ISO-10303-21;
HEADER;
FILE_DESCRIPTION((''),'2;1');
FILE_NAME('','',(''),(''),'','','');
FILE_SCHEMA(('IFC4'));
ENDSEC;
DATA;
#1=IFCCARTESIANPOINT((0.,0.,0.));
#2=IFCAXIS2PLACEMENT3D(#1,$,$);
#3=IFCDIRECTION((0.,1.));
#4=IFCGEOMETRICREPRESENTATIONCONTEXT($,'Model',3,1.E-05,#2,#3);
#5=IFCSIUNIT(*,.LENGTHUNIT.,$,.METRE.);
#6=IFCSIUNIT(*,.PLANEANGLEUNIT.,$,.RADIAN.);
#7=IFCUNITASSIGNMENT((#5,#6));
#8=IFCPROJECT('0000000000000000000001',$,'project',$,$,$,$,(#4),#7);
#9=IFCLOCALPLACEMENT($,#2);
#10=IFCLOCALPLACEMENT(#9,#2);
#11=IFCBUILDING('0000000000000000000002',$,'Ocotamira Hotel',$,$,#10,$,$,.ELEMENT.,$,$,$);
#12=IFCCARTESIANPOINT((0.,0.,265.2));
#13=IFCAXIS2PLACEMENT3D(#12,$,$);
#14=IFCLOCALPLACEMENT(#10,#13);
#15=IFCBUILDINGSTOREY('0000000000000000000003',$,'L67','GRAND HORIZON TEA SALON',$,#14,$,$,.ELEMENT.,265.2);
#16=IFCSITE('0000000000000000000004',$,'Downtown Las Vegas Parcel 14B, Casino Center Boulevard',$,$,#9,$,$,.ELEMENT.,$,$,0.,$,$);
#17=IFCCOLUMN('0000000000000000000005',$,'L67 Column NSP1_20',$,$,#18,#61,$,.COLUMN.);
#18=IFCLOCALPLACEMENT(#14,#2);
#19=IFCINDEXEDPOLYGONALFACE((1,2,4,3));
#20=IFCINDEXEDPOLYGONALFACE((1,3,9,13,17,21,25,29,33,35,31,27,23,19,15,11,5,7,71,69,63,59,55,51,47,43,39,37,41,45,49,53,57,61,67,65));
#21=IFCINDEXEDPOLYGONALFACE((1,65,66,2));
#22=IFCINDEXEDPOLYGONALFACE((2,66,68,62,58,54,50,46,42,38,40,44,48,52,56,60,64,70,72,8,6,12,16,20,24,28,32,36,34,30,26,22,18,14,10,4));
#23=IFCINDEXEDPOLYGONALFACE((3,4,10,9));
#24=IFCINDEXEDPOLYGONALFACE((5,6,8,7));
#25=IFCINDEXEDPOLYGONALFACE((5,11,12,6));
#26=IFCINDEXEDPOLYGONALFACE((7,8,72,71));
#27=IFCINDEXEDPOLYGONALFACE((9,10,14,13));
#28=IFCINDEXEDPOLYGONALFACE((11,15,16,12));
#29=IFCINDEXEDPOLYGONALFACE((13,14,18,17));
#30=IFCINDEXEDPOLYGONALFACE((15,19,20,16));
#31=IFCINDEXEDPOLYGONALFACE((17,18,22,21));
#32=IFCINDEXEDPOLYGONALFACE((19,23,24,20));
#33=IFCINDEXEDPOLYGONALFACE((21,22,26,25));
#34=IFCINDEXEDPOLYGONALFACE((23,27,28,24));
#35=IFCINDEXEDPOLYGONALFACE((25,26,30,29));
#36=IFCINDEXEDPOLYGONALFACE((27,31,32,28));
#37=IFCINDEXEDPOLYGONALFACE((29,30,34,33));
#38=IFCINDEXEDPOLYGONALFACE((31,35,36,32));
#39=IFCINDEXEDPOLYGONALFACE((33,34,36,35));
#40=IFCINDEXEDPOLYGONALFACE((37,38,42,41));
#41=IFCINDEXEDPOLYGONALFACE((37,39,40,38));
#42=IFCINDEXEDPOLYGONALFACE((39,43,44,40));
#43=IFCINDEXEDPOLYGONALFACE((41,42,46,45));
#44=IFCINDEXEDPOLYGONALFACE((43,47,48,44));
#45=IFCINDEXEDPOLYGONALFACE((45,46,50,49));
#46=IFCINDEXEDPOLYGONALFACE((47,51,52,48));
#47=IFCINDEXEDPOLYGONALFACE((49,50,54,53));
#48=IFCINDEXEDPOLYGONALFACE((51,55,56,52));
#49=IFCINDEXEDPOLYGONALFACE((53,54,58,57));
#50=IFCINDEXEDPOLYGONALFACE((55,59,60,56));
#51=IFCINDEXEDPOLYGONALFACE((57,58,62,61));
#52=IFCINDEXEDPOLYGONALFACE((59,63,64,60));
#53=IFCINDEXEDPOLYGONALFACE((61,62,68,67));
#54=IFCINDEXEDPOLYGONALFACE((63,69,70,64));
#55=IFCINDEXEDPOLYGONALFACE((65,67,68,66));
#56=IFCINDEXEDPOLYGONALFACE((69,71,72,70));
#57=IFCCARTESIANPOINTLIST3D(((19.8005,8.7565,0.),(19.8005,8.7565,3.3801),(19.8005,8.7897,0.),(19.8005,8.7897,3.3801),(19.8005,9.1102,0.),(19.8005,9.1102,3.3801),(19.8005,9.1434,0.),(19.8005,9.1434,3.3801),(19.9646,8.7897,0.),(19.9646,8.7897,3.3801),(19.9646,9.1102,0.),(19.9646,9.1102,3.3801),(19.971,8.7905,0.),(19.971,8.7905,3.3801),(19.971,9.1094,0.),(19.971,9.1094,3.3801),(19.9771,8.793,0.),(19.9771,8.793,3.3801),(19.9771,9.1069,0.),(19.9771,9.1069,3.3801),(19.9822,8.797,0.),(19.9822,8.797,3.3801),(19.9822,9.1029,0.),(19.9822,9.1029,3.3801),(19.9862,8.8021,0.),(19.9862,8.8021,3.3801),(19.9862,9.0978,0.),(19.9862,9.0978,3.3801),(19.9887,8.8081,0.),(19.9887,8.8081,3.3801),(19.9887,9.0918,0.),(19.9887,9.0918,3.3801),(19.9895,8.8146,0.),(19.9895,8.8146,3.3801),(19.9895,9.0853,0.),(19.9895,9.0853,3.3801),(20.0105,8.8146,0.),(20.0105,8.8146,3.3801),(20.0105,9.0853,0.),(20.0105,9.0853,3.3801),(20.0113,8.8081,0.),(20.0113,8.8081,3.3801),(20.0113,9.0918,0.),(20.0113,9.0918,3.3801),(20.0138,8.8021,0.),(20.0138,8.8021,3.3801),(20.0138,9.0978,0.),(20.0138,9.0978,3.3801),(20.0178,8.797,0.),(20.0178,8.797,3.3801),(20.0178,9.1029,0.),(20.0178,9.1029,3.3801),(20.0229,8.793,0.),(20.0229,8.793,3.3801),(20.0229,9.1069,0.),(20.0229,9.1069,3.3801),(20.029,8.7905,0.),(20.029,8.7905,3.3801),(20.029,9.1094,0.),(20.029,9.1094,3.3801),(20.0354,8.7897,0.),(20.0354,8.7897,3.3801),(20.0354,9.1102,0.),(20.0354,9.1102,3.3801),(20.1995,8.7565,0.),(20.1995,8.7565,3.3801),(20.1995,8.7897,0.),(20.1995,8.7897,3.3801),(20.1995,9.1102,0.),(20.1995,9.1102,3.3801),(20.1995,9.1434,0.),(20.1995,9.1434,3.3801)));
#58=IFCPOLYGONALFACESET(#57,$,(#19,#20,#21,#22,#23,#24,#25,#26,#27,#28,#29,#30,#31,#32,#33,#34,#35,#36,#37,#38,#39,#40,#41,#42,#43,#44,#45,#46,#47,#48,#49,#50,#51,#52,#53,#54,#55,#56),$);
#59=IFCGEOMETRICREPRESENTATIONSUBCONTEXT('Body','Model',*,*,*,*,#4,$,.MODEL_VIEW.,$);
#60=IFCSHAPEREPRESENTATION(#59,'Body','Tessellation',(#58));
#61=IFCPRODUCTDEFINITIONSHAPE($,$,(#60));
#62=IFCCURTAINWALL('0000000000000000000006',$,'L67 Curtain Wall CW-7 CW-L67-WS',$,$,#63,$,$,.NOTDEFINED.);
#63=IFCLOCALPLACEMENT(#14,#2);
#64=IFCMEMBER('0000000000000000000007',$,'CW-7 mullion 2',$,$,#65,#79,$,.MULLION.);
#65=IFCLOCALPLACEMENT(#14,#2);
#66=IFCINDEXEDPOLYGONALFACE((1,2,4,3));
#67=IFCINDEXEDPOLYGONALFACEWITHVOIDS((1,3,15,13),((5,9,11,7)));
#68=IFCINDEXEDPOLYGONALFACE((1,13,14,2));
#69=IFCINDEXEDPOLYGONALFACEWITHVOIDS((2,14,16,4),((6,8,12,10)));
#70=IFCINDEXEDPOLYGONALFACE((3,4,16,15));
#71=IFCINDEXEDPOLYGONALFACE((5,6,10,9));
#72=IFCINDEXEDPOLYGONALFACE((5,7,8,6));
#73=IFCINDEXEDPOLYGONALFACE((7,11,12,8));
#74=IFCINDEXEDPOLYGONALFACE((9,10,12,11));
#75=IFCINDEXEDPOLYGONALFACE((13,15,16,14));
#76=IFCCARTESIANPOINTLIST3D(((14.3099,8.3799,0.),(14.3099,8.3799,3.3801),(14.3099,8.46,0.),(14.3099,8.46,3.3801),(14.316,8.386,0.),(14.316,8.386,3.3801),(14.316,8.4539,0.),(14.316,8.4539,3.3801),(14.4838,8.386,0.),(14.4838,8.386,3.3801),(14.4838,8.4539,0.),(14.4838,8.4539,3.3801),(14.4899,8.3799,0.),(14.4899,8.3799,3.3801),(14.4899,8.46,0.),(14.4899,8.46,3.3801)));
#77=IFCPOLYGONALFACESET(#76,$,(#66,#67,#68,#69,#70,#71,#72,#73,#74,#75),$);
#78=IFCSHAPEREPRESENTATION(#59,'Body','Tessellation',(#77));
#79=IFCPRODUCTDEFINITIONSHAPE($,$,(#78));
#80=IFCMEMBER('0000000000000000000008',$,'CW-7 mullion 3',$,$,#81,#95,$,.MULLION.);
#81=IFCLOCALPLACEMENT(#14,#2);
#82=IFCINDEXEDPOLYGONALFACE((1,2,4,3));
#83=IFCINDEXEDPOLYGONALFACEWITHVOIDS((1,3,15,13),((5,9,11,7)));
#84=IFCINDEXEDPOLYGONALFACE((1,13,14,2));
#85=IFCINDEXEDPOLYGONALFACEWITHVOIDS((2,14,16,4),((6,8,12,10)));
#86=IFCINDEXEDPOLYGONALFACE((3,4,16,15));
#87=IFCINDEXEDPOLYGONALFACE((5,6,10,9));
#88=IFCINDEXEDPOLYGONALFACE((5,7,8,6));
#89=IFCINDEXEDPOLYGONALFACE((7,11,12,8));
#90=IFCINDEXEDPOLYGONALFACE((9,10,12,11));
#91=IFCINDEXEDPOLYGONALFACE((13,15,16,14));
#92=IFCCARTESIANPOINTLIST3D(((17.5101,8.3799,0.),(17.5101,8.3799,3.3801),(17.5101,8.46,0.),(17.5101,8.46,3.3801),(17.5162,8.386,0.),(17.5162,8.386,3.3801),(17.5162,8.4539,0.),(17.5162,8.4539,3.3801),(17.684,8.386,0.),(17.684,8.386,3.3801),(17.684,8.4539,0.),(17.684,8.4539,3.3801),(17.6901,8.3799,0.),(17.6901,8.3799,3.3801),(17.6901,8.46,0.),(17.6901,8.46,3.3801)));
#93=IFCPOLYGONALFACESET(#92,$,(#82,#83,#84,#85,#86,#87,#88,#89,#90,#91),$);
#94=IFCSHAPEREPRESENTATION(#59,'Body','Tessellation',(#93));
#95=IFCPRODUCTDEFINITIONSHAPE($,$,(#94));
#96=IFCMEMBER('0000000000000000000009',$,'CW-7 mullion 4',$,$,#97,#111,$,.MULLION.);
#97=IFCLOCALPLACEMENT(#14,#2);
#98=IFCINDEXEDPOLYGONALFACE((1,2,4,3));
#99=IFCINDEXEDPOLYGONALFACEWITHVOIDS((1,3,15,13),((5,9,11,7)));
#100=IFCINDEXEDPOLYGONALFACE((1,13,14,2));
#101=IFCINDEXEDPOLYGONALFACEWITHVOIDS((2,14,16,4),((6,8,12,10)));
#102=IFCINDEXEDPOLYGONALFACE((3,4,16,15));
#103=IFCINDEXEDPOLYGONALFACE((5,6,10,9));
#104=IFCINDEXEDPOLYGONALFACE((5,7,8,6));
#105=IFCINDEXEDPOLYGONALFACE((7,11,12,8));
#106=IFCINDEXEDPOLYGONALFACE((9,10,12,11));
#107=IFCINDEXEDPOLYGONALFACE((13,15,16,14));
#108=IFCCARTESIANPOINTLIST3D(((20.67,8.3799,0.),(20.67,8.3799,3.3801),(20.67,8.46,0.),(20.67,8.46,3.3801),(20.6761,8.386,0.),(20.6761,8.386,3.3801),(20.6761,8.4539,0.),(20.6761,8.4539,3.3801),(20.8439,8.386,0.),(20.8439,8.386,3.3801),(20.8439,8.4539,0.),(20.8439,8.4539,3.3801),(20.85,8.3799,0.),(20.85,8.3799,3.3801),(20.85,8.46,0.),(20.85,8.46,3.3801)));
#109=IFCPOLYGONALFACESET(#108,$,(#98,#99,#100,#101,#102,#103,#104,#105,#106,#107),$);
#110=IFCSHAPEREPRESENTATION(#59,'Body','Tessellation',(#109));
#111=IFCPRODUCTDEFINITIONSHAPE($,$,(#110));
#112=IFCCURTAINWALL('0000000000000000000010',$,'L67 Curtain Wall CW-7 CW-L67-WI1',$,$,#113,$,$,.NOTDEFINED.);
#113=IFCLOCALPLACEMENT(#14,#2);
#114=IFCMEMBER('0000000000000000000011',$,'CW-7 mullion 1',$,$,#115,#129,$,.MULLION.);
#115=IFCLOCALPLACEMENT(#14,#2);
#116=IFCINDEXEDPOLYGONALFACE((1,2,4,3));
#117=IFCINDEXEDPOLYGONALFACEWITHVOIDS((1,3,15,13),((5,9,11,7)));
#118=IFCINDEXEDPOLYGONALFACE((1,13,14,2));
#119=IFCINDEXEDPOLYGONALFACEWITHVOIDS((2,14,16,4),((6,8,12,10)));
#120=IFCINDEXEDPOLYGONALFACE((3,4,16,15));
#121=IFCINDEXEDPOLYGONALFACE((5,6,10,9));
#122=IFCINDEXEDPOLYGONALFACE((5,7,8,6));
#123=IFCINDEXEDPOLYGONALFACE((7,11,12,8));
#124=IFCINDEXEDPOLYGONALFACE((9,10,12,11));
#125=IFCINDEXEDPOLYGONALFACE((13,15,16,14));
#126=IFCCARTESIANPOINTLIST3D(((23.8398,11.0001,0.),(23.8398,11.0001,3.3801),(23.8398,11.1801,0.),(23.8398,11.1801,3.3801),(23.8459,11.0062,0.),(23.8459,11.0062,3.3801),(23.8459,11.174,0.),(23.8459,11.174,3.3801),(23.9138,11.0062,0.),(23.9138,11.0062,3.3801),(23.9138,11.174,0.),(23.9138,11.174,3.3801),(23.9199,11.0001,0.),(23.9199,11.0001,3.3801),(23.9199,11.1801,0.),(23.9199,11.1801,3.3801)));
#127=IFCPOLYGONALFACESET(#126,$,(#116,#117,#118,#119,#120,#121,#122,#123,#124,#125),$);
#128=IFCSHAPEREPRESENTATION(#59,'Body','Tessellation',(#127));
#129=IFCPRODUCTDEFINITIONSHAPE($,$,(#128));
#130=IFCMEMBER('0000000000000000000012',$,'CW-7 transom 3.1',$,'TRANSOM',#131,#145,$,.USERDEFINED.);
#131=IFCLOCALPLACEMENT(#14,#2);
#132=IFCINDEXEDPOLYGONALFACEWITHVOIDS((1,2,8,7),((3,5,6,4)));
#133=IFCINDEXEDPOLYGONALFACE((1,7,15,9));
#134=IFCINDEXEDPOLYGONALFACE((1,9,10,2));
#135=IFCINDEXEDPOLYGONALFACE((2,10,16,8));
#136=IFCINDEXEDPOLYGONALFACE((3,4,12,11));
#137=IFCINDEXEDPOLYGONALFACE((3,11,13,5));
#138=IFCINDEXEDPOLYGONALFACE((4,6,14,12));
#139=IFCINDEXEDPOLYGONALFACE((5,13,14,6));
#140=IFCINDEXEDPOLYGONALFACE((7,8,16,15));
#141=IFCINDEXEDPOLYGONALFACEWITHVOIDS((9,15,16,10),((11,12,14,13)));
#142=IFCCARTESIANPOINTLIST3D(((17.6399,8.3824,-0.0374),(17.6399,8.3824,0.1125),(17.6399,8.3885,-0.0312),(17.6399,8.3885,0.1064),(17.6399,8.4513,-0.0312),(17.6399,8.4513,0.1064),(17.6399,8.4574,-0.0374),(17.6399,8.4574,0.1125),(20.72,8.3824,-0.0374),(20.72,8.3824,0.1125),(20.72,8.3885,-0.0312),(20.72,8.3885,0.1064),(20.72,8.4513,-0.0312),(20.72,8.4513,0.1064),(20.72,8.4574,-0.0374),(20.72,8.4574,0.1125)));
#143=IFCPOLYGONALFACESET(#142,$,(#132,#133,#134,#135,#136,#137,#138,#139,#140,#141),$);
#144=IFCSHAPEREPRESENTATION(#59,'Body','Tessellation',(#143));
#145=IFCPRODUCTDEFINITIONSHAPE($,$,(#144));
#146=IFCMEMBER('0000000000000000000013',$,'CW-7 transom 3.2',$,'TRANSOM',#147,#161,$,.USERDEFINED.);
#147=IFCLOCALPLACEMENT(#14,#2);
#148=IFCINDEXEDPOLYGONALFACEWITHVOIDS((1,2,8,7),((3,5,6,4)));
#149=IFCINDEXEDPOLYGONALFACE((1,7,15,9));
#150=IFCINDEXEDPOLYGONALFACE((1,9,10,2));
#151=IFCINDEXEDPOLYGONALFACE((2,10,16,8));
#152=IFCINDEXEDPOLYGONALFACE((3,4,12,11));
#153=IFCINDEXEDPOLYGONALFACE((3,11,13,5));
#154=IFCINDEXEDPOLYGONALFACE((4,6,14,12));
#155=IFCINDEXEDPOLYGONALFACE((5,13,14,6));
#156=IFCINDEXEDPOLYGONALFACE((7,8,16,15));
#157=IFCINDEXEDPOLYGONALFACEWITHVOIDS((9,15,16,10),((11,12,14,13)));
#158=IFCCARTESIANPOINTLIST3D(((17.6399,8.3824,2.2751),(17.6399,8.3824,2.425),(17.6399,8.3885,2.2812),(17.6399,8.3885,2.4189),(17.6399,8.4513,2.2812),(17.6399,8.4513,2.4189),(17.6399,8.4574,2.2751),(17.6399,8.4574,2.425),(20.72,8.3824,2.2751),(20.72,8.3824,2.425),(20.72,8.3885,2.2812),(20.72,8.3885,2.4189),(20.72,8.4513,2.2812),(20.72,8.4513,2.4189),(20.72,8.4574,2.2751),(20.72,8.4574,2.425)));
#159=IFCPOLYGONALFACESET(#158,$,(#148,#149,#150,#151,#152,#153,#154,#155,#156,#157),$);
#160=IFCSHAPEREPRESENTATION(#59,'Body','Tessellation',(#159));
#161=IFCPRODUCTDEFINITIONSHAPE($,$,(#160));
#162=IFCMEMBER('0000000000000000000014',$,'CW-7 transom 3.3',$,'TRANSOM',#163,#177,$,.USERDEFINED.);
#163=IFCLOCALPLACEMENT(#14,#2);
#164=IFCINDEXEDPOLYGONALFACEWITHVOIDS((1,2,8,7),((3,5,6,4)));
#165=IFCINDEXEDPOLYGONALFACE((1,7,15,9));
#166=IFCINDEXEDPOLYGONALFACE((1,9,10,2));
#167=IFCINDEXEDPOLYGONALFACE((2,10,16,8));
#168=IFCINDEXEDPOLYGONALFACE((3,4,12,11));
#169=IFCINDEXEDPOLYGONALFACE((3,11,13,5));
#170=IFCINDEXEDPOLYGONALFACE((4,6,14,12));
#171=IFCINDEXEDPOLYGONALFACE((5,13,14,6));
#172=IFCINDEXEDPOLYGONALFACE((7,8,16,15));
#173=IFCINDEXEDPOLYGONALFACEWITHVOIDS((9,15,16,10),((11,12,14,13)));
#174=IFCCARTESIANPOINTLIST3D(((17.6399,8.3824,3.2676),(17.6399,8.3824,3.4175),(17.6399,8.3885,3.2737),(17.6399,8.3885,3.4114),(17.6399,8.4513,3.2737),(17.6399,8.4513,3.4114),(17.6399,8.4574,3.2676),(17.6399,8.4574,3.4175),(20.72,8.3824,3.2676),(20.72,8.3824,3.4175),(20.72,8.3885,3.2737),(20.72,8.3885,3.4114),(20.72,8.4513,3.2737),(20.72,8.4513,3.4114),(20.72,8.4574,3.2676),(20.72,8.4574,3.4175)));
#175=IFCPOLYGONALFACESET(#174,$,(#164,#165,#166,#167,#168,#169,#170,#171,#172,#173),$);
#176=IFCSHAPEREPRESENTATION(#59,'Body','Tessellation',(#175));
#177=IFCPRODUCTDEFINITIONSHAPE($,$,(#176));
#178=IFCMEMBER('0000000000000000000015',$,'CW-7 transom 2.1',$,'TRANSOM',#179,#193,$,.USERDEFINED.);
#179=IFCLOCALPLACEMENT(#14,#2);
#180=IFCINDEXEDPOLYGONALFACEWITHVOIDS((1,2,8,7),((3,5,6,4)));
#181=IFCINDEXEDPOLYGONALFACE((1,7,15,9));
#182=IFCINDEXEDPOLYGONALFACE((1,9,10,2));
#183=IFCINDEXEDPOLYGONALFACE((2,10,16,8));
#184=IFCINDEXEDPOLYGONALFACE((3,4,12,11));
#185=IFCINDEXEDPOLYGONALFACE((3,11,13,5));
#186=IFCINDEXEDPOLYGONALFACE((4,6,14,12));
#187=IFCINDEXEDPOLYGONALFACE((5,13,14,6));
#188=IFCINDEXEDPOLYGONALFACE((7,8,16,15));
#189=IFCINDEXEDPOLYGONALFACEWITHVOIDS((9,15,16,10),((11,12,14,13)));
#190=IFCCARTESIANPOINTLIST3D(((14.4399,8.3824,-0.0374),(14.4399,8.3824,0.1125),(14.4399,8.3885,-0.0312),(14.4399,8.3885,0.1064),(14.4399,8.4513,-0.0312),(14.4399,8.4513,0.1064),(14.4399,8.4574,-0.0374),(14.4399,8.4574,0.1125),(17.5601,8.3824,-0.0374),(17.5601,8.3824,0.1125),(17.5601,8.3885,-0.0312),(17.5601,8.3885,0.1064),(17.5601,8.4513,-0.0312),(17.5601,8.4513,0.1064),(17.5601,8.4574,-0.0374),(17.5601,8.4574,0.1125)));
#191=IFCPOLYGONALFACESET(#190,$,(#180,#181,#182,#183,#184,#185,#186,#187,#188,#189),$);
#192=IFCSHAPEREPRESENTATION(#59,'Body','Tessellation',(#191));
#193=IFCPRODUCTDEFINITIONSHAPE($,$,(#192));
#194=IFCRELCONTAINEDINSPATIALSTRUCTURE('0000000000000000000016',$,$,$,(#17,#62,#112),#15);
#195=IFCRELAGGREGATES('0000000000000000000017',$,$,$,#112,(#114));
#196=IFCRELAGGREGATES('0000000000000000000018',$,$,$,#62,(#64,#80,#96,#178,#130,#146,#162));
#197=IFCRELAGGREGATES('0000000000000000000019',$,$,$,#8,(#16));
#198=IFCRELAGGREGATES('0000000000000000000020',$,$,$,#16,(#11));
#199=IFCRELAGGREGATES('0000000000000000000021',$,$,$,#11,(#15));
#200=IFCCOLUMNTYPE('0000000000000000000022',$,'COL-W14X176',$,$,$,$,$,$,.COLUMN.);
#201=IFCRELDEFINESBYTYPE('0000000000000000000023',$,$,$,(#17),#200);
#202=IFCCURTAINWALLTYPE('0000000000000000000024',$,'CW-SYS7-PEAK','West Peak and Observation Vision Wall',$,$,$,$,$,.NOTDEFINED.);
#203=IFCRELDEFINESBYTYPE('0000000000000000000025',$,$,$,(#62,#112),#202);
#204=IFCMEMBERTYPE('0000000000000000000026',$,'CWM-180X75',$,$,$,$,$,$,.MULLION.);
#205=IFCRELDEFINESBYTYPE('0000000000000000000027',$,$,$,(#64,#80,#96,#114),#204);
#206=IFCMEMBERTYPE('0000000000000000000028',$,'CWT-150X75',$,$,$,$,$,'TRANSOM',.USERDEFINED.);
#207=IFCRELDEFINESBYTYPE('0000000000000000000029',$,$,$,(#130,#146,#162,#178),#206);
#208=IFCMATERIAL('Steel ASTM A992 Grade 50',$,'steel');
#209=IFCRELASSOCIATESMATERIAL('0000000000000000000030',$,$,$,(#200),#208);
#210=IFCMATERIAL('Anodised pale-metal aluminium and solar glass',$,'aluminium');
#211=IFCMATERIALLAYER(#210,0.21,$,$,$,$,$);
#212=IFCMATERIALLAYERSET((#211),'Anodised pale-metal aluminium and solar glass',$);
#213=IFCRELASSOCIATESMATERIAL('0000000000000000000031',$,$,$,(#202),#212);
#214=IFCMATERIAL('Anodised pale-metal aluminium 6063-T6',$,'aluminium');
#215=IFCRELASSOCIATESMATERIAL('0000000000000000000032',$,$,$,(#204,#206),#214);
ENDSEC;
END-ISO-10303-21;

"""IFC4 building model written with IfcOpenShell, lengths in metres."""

from ifc_helpers import new_model, si_unit, direction, frame, origin, origin_2d, place, context, subcontext, project, spatial, hollow_rectangle, i_section, extrude, source, transform, mapped, material, layer, layer_set, material_profile, profile_set, type_object, element, aggregate, save


model = new_model("IFC4")

# Units and contexts
model_context = context("Model", 3, precision=1e-05, world=origin(), true_north=direction((0.0, 1.0)))
body_context = subcontext(model_context, "Body", "Model", "MODEL_VIEW")
ifc_project = project(units=[si_unit("LENGTHUNIT", "METRE"), si_unit("PLANEANGLEUNIT", "RADIAN")], contexts=[model_context])

# Site, building, storey
site_placement = place(None, origin())
site = spatial("IfcSite", under=ifc_project, at=site_placement, Name="Downtown Las Vegas Parcel 14B, Casino Center Boulevard", CompositionType="ELEMENT", RefElevation=0.0)
building_placement = place(site_placement, origin())
building = spatial("IfcBuilding", under=site, at=building_placement, Name="Ocotamira Hotel", CompositionType="ELEMENT")
storey_placement = place(building_placement, frame((0.0, 0.0, 265.2)))
storey = spatial("IfcBuildingStorey", under=building, at=storey_placement, Name="L67", Description="GRAND HORIZON TEA SALON", CompositionType="ELEMENT", Elevation=265.2)

# Column
ifc_material_1 = material(Name="Steel ASTM A992 Grade 50", Category="steel")
ifc_material_profile_1 = material_profile(ifc_material_1, i_section(OverallWidth=0.3989, OverallDepth=0.387, WebThickness=0.021, FlangeThickness=0.0332, FilletRadius=0.0249, at=origin_2d()), Name="W14X176")
ifc_profile_set_1 = profile_set([ifc_material_profile_1], Name="Steel ASTM A992 Grade 50")
column_type = type_object("IfcColumnType", Name="COL-W14X176", PredefinedType="COLUMN", material=ifc_profile_set_1)
shared_shape_1 = source(origin(), body_context, "Body", "SweptSolid", [
    extrude(i_section(OverallWidth=0.3989, OverallDepth=0.387, WebThickness=0.021, FlangeThickness=0.0332, FilletRadius=0.0249, at=origin_2d()), origin(), (0.0, 0.0, 1.0), 3.3801),
])
column_placement = place(storey_placement, frame((20.0, 8.95, 0.0), z_axis=(0.0, 0.0, 1.0), x_axis=(1.0, 0.0, 0.0)))
element("IfcColumn", 1, at=column_placement, inside=storey, type_object=column_type, Name="L67 Column NSP1_20", PredefinedType="COLUMN", context=body_context, shape_type="MappedRepresentation", body=[
    mapped(shared_shape_1, transform((0.0, 0.0, 0.0), scale=1.0)),
])

# Curtain wall, members
ifc_material_2 = material(Name="Anodised pale-metal aluminium and solar glass", Category="aluminium")
ifc_layer_1 = layer(ifc_material_2, 0.21)
ifc_layer_set_1 = layer_set([ifc_layer_1], Name="Anodised pale-metal aluminium and solar glass")
curtain_wall_type = type_object("IfcCurtainWallType", Name="CW-SYS7-PEAK", Description="West Peak and Observation Vision Wall", PredefinedType="NOTDEFINED", material=ifc_layer_set_1)
curtain_wall_1_placement = place(storey_placement, origin())
curtain_wall_1 = element("IfcCurtainWall", 2, at=curtain_wall_1_placement, inside=storey, type_object=curtain_wall_type, Name="L67 Curtain Wall CW-7 CW-L67-WS", PredefinedType="NOTDEFINED")
ifc_material_3 = material(Name="Anodised pale-metal aluminium 6063-T6", Category="aluminium")
ifc_material_profile_2 = material_profile(ifc_material_3, hollow_rectangle(XDim=0.0801, YDim=0.1799, WallThickness=0.0061, at=origin_2d()), Name="HSS180X80X6")
ifc_profile_set_2 = profile_set([ifc_material_profile_2], Name="Anodised pale-metal aluminium 6063-T6")
member_type_1 = type_object("IfcMemberType", Name="CWM-180X75", PredefinedType="MULLION", material=ifc_profile_set_2)
shared_shape_2 = source(origin(), body_context, "Body", "SweptSolid", [
    extrude(hollow_rectangle(XDim=0.0801, YDim=0.1799, WallThickness=0.0061, at=origin_2d()), origin(), (0.0, 0.0, 1.0), 3.3801),
])
member_1_placement = place(storey_placement, frame((14.3999, 8.4199, 0.0), z_axis=(0.0, 0.0, 1.0), x_axis=(0.0, 1.0, 0.0)))
member_1 = element("IfcMember", 3, at=member_1_placement, type_object=member_type_1, Name="CW-7 mullion 2", PredefinedType="MULLION", context=body_context, shape_type="MappedRepresentation", body=[
    mapped(shared_shape_2, transform((0.0, 0.0, 0.0), scale=1.0)),
])
member_2_placement = place(storey_placement, frame((17.6001, 8.4199, 0.0), z_axis=(0.0, 0.0, 1.0), x_axis=(0.0, 1.0, 0.0)))
member_2 = element("IfcMember", 4, at=member_2_placement, type_object=member_type_1, Name="CW-7 mullion 3", PredefinedType="MULLION", context=body_context, shape_type="MappedRepresentation", body=[
    mapped(shared_shape_2, transform((0.0, 0.0, 0.0), scale=1.0)),
])
member_3_placement = place(storey_placement, frame((20.76, 8.4199, 0.0), z_axis=(0.0, 0.0, 1.0), x_axis=(0.0, 1.0, 0.0)))
member_3 = element("IfcMember", 5, at=member_3_placement, type_object=member_type_1, Name="CW-7 mullion 4", PredefinedType="MULLION", context=body_context, shape_type="MappedRepresentation", body=[
    mapped(shared_shape_2, transform((0.0, 0.0, 0.0), scale=1.0)),
])

# Curtain wall, member
curtain_wall_2_placement = place(storey_placement, origin())
curtain_wall_2 = element("IfcCurtainWall", 6, at=curtain_wall_2_placement, inside=storey, type_object=curtain_wall_type, Name="L67 Curtain Wall CW-7 CW-L67-WI1", PredefinedType="NOTDEFINED")
member_4_placement = place(storey_placement, frame((23.8799, 11.0901, 0.0), z_axis=(0.0, 0.0, 1.0), x_axis=(-1.0, 0.0, 0.0)))
member_4 = element("IfcMember", 7, at=member_4_placement, type_object=member_type_1, Name="CW-7 mullion 1", PredefinedType="MULLION", context=body_context, shape_type="MappedRepresentation", body=[
    mapped(shared_shape_2, transform((0.0, 0.0, 0.0), scale=1.0)),
])

# Members
ifc_material_profile_3 = material_profile(ifc_material_3, hollow_rectangle(XDim=0.075, YDim=0.1499, WallThickness=0.0061, at=origin_2d()), Name="HSS150X75X6")
ifc_profile_set_3 = profile_set([ifc_material_profile_3], Name="Anodised pale-metal aluminium 6063-T6")
member_type_2 = type_object("IfcMemberType", Name="CWT-150X75", ElementType="TRANSOM", PredefinedType="USERDEFINED", material=ifc_profile_set_3)
shared_shape_3 = source(origin(), body_context, "Body", "SweptSolid", [
    extrude(hollow_rectangle(XDim=0.075, YDim=0.1499, WallThickness=0.0061, at=origin_2d()), origin(), (0.0, 0.0, 1.0), 3.0801),
])
member_5_placement = place(storey_placement, frame((17.6399, 8.4199, 0.0376), z_axis=(1.0, 0.0, 0.0), x_axis=(0.0, 1.0, 0.0)))
member_5 = element("IfcMember", 8, at=member_5_placement, type_object=member_type_2, Name="CW-7 transom 3.1", ObjectType="TRANSOM", PredefinedType="USERDEFINED", context=body_context, shape_type="MappedRepresentation", body=[
    mapped(shared_shape_3, transform((0.0, 0.0, 0.0), scale=1.0)),
])
member_6_placement = place(storey_placement, frame((17.6399, 8.4199, 2.3501), z_axis=(1.0, 0.0, 0.0), x_axis=(0.0, 1.0, 0.0)))
member_6 = element("IfcMember", 9, at=member_6_placement, type_object=member_type_2, Name="CW-7 transom 3.2", ObjectType="TRANSOM", PredefinedType="USERDEFINED", context=body_context, shape_type="MappedRepresentation", body=[
    mapped(shared_shape_3, transform((0.0, 0.0, 0.0), scale=1.0)),
])
member_7_placement = place(storey_placement, frame((17.6399, 8.4199, 3.3425), z_axis=(1.0, 0.0, 0.0), x_axis=(0.0, 1.0, 0.0)))
member_7 = element("IfcMember", 10, at=member_7_placement, type_object=member_type_2, Name="CW-7 transom 3.3", ObjectType="TRANSOM", PredefinedType="USERDEFINED", context=body_context, shape_type="MappedRepresentation", body=[
    mapped(shared_shape_3, transform((0.0, 0.0, 0.0), scale=1.0)),
])
shared_shape_4 = source(origin(), body_context, "Body", "SweptSolid", [
    extrude(hollow_rectangle(XDim=0.075, YDim=0.1499, WallThickness=0.0061, at=origin_2d()), origin(), (0.0, 0.0, 1.0), 3.1201),
])
member_8_placement = place(storey_placement, frame((14.4399, 8.4199, 0.0376), z_axis=(1.0, 0.0, 0.0), x_axis=(0.0, 1.0, 0.0)))
member_8 = element("IfcMember", 11, at=member_8_placement, type_object=member_type_2, Name="CW-7 transom 2.1", ObjectType="TRANSOM", PredefinedType="USERDEFINED", context=body_context, shape_type="MappedRepresentation", body=[
    mapped(shared_shape_4, transform((0.0, 0.0, 0.0), scale=1.0)),
])
aggregate(curtain_wall_2, [member_4])

aggregate(curtain_wall_1, [member_1, member_2, member_3, member_8, member_5, member_6, member_7])

save(model, "model.ifc")
